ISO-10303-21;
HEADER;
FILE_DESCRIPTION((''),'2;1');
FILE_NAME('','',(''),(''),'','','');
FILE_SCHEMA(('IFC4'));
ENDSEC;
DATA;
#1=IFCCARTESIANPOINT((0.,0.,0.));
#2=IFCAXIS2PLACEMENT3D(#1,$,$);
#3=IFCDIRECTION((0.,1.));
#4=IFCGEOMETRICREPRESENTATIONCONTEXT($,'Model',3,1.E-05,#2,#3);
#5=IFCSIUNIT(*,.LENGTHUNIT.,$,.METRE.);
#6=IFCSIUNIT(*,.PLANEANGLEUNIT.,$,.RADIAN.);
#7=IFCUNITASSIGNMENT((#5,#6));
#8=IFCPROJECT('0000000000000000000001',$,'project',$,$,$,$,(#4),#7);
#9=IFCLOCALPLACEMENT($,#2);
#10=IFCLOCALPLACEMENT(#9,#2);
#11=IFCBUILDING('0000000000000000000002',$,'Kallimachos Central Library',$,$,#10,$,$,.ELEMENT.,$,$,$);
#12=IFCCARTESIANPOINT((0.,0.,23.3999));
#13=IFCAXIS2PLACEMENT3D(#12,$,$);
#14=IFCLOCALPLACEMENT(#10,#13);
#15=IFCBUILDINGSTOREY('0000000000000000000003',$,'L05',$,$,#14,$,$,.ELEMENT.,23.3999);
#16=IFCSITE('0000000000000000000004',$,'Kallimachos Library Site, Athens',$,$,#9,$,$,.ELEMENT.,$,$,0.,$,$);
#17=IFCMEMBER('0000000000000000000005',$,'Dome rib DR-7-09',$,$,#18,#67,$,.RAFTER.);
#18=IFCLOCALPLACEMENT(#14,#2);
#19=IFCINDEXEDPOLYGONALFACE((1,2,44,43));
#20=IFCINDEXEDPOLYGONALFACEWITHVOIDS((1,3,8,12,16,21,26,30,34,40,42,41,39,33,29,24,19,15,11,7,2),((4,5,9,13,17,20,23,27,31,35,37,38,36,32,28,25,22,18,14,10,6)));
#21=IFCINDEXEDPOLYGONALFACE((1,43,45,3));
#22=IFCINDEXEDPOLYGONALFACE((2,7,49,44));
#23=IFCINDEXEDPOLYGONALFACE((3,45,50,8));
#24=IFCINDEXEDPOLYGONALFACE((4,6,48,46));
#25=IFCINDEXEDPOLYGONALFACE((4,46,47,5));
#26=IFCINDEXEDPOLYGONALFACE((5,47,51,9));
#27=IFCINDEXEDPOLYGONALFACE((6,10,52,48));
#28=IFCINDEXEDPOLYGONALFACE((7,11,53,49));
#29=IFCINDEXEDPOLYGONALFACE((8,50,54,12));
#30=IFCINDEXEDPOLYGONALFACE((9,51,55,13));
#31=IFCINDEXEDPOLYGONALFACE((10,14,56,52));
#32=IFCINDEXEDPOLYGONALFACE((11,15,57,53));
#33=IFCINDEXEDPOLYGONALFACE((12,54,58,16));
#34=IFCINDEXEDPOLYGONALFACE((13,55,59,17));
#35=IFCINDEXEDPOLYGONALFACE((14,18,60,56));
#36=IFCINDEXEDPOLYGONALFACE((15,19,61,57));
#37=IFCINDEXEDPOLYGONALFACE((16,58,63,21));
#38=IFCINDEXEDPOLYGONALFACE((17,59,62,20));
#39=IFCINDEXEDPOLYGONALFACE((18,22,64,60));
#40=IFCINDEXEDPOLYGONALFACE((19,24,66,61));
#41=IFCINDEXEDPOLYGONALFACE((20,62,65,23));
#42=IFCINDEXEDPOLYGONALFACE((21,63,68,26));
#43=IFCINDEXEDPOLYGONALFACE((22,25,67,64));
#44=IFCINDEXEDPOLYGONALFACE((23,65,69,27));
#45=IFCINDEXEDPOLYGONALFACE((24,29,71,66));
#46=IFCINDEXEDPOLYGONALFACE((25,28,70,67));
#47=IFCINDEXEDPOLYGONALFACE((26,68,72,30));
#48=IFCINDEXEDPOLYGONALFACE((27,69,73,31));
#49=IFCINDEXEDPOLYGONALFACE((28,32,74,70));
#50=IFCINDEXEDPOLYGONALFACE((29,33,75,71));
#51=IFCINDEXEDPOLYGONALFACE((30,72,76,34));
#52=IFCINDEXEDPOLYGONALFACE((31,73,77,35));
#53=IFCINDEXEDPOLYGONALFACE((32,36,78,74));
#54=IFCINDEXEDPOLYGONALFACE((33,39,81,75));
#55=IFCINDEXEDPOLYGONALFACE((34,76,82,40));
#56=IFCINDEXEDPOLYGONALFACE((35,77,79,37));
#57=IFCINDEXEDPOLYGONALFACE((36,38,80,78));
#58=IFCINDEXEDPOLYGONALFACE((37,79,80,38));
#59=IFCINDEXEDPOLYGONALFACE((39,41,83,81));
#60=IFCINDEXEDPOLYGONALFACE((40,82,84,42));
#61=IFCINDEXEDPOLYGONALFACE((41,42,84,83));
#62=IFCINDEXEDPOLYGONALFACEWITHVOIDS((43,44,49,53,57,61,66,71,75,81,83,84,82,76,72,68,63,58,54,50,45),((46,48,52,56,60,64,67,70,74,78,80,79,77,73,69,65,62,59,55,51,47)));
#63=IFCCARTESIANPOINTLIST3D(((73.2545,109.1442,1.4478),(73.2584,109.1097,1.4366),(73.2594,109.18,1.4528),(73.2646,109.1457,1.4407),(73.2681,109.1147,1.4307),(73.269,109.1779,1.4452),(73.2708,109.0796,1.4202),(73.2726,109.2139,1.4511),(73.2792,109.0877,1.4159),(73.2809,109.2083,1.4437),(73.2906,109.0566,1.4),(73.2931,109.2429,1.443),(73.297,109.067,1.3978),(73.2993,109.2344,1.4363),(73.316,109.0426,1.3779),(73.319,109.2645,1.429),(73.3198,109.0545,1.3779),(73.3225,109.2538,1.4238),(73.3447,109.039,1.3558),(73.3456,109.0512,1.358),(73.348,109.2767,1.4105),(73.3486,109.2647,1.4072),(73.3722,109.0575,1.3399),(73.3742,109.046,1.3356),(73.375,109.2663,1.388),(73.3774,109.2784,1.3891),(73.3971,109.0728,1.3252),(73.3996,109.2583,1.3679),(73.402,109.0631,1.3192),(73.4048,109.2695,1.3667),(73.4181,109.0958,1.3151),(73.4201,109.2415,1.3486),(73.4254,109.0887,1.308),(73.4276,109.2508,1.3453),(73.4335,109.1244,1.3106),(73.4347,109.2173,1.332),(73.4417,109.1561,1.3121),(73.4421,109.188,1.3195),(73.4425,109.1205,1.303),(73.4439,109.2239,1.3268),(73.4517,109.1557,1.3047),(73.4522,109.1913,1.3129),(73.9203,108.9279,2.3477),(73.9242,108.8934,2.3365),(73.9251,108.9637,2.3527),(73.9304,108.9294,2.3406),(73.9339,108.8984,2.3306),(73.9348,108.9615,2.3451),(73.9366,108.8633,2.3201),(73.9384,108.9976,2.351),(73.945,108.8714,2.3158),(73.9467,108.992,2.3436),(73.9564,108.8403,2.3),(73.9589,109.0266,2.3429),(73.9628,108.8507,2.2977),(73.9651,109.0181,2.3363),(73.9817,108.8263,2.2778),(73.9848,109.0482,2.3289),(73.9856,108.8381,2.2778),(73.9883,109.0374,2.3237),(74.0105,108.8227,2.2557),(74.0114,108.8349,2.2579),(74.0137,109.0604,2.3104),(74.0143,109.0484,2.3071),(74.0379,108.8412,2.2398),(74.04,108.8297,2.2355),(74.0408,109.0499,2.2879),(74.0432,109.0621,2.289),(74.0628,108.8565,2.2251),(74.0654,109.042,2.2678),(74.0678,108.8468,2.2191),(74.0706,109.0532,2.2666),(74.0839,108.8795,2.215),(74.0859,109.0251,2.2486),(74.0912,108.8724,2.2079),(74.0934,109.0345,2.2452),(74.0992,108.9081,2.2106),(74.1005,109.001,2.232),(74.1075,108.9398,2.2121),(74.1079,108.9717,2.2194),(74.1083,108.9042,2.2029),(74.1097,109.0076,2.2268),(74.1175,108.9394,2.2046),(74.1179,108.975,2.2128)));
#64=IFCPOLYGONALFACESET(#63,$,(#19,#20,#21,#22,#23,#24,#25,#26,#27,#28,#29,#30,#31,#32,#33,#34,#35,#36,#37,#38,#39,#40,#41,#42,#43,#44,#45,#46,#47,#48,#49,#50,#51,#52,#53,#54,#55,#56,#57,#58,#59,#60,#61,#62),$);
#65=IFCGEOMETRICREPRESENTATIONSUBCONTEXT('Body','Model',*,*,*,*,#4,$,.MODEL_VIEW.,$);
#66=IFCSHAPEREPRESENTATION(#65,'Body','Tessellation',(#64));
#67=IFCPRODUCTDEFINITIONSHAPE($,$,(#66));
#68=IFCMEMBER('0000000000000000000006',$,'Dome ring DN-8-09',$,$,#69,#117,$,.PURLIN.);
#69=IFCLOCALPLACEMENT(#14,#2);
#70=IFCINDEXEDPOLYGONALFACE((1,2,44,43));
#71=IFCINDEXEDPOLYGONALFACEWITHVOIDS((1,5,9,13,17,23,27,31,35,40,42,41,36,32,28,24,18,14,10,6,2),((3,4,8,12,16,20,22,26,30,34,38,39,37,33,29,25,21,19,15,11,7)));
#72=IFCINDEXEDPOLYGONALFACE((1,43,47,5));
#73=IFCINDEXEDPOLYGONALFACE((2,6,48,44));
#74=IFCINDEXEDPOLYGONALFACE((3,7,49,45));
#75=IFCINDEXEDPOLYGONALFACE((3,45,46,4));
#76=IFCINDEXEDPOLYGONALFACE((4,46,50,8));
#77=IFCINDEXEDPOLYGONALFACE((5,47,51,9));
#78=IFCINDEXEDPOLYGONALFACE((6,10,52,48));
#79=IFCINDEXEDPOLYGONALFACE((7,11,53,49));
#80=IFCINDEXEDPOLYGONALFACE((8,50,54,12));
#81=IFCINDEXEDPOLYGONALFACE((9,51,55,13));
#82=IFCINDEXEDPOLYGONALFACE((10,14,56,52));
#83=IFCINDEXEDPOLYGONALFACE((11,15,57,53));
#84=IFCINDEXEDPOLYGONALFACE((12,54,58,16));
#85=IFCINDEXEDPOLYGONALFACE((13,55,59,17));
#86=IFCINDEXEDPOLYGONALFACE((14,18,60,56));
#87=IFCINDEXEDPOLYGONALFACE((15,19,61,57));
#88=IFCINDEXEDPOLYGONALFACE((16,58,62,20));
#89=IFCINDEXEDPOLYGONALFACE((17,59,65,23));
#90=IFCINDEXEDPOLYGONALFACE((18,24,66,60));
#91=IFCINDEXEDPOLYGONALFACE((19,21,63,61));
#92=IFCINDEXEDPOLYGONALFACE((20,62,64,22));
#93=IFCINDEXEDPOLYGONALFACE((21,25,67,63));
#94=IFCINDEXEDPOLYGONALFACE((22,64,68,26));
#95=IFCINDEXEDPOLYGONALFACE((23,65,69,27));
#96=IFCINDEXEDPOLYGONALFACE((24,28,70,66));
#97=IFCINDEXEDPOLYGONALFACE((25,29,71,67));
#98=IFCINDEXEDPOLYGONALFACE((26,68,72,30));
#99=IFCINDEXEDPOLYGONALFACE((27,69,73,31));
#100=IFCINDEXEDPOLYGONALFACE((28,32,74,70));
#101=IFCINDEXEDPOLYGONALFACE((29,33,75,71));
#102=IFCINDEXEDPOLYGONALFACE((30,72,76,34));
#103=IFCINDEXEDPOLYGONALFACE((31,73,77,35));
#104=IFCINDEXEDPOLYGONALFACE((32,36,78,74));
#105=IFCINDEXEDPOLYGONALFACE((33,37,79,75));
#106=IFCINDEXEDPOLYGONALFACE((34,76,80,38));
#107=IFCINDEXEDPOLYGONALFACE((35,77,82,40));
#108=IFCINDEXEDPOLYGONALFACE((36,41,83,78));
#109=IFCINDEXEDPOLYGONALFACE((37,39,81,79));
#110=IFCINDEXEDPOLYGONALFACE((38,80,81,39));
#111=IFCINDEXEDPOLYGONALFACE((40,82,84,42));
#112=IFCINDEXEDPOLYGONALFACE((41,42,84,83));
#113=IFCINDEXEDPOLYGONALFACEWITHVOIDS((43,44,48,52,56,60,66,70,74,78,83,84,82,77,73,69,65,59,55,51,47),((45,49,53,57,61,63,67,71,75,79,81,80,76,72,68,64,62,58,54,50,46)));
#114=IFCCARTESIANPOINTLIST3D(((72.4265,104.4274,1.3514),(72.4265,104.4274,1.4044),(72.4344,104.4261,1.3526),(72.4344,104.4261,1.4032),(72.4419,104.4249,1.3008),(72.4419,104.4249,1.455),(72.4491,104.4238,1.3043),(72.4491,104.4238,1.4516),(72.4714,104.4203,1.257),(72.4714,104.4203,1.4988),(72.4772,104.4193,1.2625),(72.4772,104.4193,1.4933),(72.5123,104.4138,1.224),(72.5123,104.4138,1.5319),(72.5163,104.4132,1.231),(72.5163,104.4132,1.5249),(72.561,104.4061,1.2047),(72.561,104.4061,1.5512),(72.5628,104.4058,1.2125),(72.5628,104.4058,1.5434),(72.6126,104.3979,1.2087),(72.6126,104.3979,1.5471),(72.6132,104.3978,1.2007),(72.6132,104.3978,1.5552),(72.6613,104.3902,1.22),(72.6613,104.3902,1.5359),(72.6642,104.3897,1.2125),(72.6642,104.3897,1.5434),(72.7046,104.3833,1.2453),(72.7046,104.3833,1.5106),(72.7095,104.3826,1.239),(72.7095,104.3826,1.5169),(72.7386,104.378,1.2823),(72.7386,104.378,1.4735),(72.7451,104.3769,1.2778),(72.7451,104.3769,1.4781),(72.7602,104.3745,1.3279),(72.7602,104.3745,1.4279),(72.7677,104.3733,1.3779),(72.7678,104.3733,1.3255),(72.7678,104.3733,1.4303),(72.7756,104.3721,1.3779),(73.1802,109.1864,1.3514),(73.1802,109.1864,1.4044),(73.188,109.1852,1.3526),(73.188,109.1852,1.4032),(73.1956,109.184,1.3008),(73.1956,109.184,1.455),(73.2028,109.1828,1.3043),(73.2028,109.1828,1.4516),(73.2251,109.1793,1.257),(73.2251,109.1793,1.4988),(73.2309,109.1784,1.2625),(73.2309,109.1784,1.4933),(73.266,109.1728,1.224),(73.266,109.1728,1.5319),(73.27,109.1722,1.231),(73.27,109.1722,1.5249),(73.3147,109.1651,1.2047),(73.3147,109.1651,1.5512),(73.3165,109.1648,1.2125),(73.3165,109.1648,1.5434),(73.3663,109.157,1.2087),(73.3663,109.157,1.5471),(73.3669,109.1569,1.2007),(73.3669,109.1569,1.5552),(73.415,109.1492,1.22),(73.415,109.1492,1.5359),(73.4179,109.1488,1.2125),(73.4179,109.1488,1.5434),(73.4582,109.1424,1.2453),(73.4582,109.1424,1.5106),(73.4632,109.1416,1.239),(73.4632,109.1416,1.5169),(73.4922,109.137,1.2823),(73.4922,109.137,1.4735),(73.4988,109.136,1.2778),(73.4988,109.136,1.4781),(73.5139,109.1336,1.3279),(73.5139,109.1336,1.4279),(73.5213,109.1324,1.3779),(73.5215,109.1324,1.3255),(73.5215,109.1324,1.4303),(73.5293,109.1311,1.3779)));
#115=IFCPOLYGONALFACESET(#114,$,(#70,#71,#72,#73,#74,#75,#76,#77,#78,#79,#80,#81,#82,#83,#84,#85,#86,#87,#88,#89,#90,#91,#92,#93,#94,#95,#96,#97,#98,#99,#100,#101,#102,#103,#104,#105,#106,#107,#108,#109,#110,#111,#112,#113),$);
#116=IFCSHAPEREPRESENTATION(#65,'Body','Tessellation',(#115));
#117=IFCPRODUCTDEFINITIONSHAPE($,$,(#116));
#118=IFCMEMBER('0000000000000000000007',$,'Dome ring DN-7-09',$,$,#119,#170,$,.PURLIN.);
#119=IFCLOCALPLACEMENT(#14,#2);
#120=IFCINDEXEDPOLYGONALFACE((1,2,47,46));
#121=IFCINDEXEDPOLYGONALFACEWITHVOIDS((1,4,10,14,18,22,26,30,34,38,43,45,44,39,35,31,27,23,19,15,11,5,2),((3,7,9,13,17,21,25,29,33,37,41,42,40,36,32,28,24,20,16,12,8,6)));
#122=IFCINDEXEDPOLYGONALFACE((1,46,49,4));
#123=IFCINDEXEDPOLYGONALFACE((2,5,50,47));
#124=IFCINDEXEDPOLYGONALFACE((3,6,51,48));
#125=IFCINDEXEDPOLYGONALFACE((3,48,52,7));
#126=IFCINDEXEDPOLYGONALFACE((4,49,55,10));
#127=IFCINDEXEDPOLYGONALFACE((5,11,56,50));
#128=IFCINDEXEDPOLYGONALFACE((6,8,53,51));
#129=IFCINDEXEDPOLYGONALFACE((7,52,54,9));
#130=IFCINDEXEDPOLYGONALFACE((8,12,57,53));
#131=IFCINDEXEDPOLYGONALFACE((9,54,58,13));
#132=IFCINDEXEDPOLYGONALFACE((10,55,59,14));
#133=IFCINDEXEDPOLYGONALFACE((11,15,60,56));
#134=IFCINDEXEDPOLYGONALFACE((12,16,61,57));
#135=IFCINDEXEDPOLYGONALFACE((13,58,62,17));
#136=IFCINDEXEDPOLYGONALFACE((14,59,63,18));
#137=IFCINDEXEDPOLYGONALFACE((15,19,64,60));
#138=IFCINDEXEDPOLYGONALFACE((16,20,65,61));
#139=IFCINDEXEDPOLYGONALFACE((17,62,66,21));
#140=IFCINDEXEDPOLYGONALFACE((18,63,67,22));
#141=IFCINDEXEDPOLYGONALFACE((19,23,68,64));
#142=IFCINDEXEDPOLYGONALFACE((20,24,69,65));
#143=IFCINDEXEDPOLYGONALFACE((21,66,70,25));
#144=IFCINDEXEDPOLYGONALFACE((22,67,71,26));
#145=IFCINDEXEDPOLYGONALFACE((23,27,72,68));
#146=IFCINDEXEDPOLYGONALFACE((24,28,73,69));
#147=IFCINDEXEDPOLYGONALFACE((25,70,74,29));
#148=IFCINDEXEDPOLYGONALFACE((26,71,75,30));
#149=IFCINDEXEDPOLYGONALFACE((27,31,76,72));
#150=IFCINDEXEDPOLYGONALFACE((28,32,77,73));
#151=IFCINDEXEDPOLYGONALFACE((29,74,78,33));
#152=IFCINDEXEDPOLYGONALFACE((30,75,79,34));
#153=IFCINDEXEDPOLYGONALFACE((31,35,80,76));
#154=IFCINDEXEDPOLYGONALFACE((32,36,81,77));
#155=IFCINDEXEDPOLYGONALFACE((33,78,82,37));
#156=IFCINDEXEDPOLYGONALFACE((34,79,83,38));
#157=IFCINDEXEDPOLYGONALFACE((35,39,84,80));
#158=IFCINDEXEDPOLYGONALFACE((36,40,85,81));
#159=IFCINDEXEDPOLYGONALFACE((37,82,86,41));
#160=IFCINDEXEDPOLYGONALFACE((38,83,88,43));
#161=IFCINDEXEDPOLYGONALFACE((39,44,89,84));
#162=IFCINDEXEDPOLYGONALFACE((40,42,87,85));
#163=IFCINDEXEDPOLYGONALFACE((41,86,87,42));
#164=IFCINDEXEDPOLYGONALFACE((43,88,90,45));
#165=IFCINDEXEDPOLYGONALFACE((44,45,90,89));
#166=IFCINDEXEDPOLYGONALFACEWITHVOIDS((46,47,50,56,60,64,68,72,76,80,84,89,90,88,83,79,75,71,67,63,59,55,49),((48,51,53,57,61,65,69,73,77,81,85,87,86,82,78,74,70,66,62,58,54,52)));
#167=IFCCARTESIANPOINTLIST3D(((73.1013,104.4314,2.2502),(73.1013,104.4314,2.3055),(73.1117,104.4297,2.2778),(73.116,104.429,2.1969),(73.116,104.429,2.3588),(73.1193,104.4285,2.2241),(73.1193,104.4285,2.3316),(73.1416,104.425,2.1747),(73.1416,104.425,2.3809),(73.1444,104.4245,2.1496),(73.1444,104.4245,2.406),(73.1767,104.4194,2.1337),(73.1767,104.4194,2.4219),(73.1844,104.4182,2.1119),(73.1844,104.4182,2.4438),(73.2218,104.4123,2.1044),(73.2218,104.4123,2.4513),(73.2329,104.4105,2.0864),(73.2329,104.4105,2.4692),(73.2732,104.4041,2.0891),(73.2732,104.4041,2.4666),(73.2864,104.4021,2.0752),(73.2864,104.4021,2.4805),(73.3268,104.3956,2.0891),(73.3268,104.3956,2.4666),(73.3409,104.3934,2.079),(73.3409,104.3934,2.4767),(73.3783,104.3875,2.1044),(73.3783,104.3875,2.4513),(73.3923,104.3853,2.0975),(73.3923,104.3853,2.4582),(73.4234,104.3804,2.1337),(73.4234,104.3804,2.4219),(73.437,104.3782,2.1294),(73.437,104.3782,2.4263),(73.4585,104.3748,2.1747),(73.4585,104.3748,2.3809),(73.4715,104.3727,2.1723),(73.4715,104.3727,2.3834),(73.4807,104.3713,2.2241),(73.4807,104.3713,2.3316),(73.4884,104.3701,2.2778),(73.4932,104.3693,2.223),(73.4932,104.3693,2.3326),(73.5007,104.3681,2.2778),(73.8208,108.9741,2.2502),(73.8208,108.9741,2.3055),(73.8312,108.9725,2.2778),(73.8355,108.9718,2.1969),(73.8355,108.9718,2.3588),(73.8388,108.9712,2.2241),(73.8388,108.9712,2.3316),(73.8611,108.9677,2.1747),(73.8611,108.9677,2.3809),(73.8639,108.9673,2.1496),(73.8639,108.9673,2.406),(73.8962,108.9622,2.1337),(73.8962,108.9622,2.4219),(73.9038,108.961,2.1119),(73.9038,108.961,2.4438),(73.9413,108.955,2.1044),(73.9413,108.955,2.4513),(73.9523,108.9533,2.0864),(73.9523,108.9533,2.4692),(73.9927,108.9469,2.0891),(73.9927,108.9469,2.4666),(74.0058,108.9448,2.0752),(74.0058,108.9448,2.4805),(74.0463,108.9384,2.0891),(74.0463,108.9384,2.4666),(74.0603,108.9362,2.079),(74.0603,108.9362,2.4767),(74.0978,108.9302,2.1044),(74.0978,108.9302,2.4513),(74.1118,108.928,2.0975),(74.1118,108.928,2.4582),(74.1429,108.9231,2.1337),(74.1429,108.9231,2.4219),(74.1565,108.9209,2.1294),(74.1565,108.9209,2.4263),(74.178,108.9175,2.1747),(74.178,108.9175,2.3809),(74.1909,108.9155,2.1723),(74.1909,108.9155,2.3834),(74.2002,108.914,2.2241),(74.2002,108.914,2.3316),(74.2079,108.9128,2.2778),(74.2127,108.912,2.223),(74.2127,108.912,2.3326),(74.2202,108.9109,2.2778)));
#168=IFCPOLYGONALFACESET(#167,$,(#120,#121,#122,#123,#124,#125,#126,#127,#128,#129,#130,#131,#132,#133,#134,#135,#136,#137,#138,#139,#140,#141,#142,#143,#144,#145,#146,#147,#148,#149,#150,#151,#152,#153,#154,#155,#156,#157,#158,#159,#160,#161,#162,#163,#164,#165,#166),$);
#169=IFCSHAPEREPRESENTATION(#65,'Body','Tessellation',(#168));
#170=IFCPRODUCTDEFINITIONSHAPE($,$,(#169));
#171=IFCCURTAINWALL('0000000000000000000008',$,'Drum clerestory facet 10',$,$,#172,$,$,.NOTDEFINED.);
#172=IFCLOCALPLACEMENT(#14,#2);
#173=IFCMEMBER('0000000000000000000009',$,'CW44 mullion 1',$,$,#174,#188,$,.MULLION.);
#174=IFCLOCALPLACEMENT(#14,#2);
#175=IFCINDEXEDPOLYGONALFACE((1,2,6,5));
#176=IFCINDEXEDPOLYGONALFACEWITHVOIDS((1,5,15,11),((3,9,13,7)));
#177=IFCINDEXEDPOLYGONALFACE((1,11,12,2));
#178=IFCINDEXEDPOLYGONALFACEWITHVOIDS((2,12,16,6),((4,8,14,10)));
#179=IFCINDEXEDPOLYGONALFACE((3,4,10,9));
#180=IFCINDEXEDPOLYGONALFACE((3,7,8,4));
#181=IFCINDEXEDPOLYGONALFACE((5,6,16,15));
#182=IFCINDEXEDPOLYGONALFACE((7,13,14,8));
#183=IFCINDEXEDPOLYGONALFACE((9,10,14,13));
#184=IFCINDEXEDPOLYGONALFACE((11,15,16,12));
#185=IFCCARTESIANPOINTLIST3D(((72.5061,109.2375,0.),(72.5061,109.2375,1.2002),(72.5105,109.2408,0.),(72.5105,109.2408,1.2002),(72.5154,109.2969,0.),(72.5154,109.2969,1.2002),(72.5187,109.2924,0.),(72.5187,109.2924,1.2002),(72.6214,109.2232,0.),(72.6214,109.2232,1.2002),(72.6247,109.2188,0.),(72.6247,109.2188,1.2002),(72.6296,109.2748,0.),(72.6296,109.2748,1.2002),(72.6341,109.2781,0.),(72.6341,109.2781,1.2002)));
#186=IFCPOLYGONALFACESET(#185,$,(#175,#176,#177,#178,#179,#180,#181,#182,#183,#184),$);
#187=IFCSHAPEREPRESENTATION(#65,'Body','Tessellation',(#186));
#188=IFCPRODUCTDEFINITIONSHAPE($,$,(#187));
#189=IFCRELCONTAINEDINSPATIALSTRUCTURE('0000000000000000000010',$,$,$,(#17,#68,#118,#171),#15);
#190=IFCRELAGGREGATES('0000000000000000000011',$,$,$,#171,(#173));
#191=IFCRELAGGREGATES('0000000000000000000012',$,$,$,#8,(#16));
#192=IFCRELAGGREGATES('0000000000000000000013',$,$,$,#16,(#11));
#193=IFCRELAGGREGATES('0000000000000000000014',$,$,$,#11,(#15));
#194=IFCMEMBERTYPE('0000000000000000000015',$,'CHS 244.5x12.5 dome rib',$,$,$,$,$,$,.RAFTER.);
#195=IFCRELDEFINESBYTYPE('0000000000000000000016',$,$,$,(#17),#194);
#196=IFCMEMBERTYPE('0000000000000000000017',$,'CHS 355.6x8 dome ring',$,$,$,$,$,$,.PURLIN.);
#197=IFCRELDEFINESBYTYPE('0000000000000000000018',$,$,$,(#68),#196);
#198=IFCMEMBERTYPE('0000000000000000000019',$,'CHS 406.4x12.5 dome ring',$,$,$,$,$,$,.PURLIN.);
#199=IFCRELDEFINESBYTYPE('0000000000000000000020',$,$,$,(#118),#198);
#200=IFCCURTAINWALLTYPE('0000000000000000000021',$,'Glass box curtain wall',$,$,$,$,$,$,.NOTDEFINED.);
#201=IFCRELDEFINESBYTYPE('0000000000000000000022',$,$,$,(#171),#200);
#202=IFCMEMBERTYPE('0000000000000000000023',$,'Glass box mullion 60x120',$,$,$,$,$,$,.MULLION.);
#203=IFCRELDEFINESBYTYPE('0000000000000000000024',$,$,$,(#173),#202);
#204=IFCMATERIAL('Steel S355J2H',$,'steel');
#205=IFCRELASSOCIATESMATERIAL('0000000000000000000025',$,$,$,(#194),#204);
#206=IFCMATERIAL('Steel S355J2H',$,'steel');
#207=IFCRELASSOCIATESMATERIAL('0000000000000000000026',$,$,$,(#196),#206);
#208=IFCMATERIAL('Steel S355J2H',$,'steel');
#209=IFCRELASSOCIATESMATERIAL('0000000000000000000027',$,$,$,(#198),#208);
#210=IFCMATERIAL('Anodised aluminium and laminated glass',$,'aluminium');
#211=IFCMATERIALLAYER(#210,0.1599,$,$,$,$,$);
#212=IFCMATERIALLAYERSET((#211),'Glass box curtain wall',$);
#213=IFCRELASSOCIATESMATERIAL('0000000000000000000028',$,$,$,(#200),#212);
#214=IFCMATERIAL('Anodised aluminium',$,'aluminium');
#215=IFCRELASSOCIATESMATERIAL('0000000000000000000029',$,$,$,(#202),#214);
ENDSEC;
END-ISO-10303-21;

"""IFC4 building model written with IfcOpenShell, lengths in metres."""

from ifc_helpers import new_model, si_unit, direction, frame, origin, origin_2d, place, context, subcontext, project, spatial, hollow_rectangle, hollow_circle, extrude, material, layer, layer_set, material_profile, profile_set, type_object, element, aggregate, save


model = new_model("IFC4")

# Units and contexts
model_context = context("Model", 3, precision=1e-05, world=origin(), true_north=direction((0.0, 1.0)))
body_context = subcontext(model_context, "Body", "Model", "MODEL_VIEW")
ifc_project = project(units=[si_unit("LENGTHUNIT", "METRE"), si_unit("PLANEANGLEUNIT", "RADIAN")], contexts=[model_context])

# Site, building, storey
site_placement = place(None, origin())
site = spatial("IfcSite", under=ifc_project, at=site_placement, Name="Kallimachos Library Site, Athens", CompositionType="ELEMENT", RefElevation=0.0)
building_placement = place(site_placement, origin())
building = spatial("IfcBuilding", under=site, at=building_placement, Name="Kallimachos Central Library", CompositionType="ELEMENT")
storey_placement = place(building_placement, frame((0.0, 0.0, 23.3999)))
storey = spatial("IfcBuildingStorey", under=building, at=storey_placement, Name="L05", CompositionType="ELEMENT", Elevation=23.3999)

# Members
ifc_material_1 = material(Name="Steel S355J2H", Category="steel")
ifc_material_profile_1 = material_profile(ifc_material_1, hollow_circle(Radius=0.1223, WallThickness=0.0125, at=origin_2d()), Name="CHS 244.5x12.5")
ifc_profile_set_1 = profile_set([ifc_material_profile_1], Name="Steel S355J2H")
member_type_1 = type_object("IfcMemberType", Name="CHS 244.5x12.5 dome rib", PredefinedType="RAFTER", material=ifc_profile_set_1)
member_1_placement = place(storey_placement, frame((74.0195, 108.9426, 2.2778), z_axis=(-0.58395, 0.189725, -0.789307), x_axis=(-0.308999, -0.951062, 0.0)))
element("IfcMember", 1, at=member_1_placement, inside=storey, type_object=member_type_1, Name="Dome rib DR-7-09", PredefinedType="RAFTER", context=body_context, shape_type="SweptSolid", body=[
    extrude(hollow_circle(Radius=0.1223, WallThickness=0.0125, at=origin_2d()), origin(), (0.0, 0.0, 1.0), 1.1401),
])
ifc_material_2 = material(Name="Steel S355J2H", Category="steel")
ifc_material_profile_2 = material_profile(ifc_material_2, hollow_circle(Radius=0.1777, WallThickness=0.0081, at=origin_2d()), Name="CHS 355.6x8")
ifc_profile_set_2 = profile_set([ifc_material_profile_2], Name="Steel S355J2H")
member_type_2 = type_object("IfcMemberType", Name="CHS 355.6x8 dome ring", PredefinedType="PURLIN", material=ifc_profile_set_2)
member_2_placement = place(storey_placement, frame((73.3538, 109.1589, 1.3779), z_axis=(-0.156415, -0.987691, 0.0), x_axis=(0.987691, -0.156415, 0.0)))
element("IfcMember", 2, at=member_2_placement, inside=storey, type_object=member_type_2, Name="Dome ring DN-8-09", PredefinedType="PURLIN", context=body_context, shape_type="SweptSolid", body=[
    extrude(hollow_circle(Radius=0.1777, WallThickness=0.0081, at=origin_2d()), origin(), (0.0, 0.0, 1.0), 4.8184),
])
ifc_material_3 = material(Name="Steel S355J2H", Category="steel")
ifc_material_profile_3 = material_profile(ifc_material_3, hollow_circle(Radius=0.2031, WallThickness=0.0125, at=origin_2d()), Name="CHS 406.4x12.5")
ifc_profile_set_3 = profile_set([ifc_material_profile_3], Name="Steel S355J2H")
member_type_3 = type_object("IfcMemberType", Name="CHS 406.4x12.5 dome ring", PredefinedType="PURLIN", material=ifc_profile_set_3)
member_3_placement = place(storey_placement, frame((74.0195, 108.9426, 2.2778), z_axis=(-0.156431, -0.987689, 0.0), x_axis=(0.987689, -0.156431, 0.0)))
element("IfcMember", 3, at=member_3_placement, inside=storey, type_object=member_type_3, Name="Dome ring DN-7-09", PredefinedType="PURLIN", context=body_context, shape_type="SweptSolid", body=[
    extrude(hollow_circle(Radius=0.2031, WallThickness=0.0125, at=origin_2d()), origin(), (0.0, 0.0, 1.0), 4.5994),
])

# Curtain wall, member
ifc_material_4 = material(Name="Anodised aluminium and laminated glass", Category="aluminium")
ifc_layer_1 = layer(ifc_material_4, 0.1599)
ifc_layer_set_1 = layer_set([ifc_layer_1], Name="Glass box curtain wall")
curtain_wall_type = type_object("IfcCurtainWallType", Name="Glass box curtain wall", PredefinedType="NOTDEFINED", material=ifc_layer_set_1)
curtain_wall_placement = place(storey_placement, origin())
curtain_wall = element("IfcCurtainWall", 4, at=curtain_wall_placement, inside=storey, type_object=curtain_wall_type, Name="Drum clerestory facet 10", PredefinedType="NOTDEFINED")
ifc_material_5 = material(Name="Anodised aluminium", Category="aluminium")
ifc_material_profile_4 = material_profile(ifc_material_5, hollow_rectangle(XDim=0.0601, YDim=0.1201, WallThickness=0.0039, at=origin_2d()), Name="ALU MULLION 60x120")
ifc_profile_set_4 = profile_set([ifc_material_profile_4], Name="Anodised aluminium")
member_type_4 = type_object("IfcMemberType", Name="Glass box mullion 60x120", PredefinedType="MULLION", material=ifc_profile_set_4)
member_4_placement = place(storey_placement, frame((72.5701, 109.2578, 0.0), z_axis=(0.0, 0.0, 1.0), x_axis=(-0.156435, -0.987688, 0.0)))
member_4 = element("IfcMember", 5, at=member_4_placement, type_object=member_type_4, Name="CW44 mullion 1", PredefinedType="MULLION", context=body_context, shape_type="SweptSolid", body=[
    extrude(hollow_rectangle(XDim=0.0601, YDim=0.1201, WallThickness=0.0039, at=origin_2d()), origin(), (0.0, 0.0, 1.0), 1.2002),
])

aggregate(curtain_wall, [member_4])

save(model, "model.ifc")
